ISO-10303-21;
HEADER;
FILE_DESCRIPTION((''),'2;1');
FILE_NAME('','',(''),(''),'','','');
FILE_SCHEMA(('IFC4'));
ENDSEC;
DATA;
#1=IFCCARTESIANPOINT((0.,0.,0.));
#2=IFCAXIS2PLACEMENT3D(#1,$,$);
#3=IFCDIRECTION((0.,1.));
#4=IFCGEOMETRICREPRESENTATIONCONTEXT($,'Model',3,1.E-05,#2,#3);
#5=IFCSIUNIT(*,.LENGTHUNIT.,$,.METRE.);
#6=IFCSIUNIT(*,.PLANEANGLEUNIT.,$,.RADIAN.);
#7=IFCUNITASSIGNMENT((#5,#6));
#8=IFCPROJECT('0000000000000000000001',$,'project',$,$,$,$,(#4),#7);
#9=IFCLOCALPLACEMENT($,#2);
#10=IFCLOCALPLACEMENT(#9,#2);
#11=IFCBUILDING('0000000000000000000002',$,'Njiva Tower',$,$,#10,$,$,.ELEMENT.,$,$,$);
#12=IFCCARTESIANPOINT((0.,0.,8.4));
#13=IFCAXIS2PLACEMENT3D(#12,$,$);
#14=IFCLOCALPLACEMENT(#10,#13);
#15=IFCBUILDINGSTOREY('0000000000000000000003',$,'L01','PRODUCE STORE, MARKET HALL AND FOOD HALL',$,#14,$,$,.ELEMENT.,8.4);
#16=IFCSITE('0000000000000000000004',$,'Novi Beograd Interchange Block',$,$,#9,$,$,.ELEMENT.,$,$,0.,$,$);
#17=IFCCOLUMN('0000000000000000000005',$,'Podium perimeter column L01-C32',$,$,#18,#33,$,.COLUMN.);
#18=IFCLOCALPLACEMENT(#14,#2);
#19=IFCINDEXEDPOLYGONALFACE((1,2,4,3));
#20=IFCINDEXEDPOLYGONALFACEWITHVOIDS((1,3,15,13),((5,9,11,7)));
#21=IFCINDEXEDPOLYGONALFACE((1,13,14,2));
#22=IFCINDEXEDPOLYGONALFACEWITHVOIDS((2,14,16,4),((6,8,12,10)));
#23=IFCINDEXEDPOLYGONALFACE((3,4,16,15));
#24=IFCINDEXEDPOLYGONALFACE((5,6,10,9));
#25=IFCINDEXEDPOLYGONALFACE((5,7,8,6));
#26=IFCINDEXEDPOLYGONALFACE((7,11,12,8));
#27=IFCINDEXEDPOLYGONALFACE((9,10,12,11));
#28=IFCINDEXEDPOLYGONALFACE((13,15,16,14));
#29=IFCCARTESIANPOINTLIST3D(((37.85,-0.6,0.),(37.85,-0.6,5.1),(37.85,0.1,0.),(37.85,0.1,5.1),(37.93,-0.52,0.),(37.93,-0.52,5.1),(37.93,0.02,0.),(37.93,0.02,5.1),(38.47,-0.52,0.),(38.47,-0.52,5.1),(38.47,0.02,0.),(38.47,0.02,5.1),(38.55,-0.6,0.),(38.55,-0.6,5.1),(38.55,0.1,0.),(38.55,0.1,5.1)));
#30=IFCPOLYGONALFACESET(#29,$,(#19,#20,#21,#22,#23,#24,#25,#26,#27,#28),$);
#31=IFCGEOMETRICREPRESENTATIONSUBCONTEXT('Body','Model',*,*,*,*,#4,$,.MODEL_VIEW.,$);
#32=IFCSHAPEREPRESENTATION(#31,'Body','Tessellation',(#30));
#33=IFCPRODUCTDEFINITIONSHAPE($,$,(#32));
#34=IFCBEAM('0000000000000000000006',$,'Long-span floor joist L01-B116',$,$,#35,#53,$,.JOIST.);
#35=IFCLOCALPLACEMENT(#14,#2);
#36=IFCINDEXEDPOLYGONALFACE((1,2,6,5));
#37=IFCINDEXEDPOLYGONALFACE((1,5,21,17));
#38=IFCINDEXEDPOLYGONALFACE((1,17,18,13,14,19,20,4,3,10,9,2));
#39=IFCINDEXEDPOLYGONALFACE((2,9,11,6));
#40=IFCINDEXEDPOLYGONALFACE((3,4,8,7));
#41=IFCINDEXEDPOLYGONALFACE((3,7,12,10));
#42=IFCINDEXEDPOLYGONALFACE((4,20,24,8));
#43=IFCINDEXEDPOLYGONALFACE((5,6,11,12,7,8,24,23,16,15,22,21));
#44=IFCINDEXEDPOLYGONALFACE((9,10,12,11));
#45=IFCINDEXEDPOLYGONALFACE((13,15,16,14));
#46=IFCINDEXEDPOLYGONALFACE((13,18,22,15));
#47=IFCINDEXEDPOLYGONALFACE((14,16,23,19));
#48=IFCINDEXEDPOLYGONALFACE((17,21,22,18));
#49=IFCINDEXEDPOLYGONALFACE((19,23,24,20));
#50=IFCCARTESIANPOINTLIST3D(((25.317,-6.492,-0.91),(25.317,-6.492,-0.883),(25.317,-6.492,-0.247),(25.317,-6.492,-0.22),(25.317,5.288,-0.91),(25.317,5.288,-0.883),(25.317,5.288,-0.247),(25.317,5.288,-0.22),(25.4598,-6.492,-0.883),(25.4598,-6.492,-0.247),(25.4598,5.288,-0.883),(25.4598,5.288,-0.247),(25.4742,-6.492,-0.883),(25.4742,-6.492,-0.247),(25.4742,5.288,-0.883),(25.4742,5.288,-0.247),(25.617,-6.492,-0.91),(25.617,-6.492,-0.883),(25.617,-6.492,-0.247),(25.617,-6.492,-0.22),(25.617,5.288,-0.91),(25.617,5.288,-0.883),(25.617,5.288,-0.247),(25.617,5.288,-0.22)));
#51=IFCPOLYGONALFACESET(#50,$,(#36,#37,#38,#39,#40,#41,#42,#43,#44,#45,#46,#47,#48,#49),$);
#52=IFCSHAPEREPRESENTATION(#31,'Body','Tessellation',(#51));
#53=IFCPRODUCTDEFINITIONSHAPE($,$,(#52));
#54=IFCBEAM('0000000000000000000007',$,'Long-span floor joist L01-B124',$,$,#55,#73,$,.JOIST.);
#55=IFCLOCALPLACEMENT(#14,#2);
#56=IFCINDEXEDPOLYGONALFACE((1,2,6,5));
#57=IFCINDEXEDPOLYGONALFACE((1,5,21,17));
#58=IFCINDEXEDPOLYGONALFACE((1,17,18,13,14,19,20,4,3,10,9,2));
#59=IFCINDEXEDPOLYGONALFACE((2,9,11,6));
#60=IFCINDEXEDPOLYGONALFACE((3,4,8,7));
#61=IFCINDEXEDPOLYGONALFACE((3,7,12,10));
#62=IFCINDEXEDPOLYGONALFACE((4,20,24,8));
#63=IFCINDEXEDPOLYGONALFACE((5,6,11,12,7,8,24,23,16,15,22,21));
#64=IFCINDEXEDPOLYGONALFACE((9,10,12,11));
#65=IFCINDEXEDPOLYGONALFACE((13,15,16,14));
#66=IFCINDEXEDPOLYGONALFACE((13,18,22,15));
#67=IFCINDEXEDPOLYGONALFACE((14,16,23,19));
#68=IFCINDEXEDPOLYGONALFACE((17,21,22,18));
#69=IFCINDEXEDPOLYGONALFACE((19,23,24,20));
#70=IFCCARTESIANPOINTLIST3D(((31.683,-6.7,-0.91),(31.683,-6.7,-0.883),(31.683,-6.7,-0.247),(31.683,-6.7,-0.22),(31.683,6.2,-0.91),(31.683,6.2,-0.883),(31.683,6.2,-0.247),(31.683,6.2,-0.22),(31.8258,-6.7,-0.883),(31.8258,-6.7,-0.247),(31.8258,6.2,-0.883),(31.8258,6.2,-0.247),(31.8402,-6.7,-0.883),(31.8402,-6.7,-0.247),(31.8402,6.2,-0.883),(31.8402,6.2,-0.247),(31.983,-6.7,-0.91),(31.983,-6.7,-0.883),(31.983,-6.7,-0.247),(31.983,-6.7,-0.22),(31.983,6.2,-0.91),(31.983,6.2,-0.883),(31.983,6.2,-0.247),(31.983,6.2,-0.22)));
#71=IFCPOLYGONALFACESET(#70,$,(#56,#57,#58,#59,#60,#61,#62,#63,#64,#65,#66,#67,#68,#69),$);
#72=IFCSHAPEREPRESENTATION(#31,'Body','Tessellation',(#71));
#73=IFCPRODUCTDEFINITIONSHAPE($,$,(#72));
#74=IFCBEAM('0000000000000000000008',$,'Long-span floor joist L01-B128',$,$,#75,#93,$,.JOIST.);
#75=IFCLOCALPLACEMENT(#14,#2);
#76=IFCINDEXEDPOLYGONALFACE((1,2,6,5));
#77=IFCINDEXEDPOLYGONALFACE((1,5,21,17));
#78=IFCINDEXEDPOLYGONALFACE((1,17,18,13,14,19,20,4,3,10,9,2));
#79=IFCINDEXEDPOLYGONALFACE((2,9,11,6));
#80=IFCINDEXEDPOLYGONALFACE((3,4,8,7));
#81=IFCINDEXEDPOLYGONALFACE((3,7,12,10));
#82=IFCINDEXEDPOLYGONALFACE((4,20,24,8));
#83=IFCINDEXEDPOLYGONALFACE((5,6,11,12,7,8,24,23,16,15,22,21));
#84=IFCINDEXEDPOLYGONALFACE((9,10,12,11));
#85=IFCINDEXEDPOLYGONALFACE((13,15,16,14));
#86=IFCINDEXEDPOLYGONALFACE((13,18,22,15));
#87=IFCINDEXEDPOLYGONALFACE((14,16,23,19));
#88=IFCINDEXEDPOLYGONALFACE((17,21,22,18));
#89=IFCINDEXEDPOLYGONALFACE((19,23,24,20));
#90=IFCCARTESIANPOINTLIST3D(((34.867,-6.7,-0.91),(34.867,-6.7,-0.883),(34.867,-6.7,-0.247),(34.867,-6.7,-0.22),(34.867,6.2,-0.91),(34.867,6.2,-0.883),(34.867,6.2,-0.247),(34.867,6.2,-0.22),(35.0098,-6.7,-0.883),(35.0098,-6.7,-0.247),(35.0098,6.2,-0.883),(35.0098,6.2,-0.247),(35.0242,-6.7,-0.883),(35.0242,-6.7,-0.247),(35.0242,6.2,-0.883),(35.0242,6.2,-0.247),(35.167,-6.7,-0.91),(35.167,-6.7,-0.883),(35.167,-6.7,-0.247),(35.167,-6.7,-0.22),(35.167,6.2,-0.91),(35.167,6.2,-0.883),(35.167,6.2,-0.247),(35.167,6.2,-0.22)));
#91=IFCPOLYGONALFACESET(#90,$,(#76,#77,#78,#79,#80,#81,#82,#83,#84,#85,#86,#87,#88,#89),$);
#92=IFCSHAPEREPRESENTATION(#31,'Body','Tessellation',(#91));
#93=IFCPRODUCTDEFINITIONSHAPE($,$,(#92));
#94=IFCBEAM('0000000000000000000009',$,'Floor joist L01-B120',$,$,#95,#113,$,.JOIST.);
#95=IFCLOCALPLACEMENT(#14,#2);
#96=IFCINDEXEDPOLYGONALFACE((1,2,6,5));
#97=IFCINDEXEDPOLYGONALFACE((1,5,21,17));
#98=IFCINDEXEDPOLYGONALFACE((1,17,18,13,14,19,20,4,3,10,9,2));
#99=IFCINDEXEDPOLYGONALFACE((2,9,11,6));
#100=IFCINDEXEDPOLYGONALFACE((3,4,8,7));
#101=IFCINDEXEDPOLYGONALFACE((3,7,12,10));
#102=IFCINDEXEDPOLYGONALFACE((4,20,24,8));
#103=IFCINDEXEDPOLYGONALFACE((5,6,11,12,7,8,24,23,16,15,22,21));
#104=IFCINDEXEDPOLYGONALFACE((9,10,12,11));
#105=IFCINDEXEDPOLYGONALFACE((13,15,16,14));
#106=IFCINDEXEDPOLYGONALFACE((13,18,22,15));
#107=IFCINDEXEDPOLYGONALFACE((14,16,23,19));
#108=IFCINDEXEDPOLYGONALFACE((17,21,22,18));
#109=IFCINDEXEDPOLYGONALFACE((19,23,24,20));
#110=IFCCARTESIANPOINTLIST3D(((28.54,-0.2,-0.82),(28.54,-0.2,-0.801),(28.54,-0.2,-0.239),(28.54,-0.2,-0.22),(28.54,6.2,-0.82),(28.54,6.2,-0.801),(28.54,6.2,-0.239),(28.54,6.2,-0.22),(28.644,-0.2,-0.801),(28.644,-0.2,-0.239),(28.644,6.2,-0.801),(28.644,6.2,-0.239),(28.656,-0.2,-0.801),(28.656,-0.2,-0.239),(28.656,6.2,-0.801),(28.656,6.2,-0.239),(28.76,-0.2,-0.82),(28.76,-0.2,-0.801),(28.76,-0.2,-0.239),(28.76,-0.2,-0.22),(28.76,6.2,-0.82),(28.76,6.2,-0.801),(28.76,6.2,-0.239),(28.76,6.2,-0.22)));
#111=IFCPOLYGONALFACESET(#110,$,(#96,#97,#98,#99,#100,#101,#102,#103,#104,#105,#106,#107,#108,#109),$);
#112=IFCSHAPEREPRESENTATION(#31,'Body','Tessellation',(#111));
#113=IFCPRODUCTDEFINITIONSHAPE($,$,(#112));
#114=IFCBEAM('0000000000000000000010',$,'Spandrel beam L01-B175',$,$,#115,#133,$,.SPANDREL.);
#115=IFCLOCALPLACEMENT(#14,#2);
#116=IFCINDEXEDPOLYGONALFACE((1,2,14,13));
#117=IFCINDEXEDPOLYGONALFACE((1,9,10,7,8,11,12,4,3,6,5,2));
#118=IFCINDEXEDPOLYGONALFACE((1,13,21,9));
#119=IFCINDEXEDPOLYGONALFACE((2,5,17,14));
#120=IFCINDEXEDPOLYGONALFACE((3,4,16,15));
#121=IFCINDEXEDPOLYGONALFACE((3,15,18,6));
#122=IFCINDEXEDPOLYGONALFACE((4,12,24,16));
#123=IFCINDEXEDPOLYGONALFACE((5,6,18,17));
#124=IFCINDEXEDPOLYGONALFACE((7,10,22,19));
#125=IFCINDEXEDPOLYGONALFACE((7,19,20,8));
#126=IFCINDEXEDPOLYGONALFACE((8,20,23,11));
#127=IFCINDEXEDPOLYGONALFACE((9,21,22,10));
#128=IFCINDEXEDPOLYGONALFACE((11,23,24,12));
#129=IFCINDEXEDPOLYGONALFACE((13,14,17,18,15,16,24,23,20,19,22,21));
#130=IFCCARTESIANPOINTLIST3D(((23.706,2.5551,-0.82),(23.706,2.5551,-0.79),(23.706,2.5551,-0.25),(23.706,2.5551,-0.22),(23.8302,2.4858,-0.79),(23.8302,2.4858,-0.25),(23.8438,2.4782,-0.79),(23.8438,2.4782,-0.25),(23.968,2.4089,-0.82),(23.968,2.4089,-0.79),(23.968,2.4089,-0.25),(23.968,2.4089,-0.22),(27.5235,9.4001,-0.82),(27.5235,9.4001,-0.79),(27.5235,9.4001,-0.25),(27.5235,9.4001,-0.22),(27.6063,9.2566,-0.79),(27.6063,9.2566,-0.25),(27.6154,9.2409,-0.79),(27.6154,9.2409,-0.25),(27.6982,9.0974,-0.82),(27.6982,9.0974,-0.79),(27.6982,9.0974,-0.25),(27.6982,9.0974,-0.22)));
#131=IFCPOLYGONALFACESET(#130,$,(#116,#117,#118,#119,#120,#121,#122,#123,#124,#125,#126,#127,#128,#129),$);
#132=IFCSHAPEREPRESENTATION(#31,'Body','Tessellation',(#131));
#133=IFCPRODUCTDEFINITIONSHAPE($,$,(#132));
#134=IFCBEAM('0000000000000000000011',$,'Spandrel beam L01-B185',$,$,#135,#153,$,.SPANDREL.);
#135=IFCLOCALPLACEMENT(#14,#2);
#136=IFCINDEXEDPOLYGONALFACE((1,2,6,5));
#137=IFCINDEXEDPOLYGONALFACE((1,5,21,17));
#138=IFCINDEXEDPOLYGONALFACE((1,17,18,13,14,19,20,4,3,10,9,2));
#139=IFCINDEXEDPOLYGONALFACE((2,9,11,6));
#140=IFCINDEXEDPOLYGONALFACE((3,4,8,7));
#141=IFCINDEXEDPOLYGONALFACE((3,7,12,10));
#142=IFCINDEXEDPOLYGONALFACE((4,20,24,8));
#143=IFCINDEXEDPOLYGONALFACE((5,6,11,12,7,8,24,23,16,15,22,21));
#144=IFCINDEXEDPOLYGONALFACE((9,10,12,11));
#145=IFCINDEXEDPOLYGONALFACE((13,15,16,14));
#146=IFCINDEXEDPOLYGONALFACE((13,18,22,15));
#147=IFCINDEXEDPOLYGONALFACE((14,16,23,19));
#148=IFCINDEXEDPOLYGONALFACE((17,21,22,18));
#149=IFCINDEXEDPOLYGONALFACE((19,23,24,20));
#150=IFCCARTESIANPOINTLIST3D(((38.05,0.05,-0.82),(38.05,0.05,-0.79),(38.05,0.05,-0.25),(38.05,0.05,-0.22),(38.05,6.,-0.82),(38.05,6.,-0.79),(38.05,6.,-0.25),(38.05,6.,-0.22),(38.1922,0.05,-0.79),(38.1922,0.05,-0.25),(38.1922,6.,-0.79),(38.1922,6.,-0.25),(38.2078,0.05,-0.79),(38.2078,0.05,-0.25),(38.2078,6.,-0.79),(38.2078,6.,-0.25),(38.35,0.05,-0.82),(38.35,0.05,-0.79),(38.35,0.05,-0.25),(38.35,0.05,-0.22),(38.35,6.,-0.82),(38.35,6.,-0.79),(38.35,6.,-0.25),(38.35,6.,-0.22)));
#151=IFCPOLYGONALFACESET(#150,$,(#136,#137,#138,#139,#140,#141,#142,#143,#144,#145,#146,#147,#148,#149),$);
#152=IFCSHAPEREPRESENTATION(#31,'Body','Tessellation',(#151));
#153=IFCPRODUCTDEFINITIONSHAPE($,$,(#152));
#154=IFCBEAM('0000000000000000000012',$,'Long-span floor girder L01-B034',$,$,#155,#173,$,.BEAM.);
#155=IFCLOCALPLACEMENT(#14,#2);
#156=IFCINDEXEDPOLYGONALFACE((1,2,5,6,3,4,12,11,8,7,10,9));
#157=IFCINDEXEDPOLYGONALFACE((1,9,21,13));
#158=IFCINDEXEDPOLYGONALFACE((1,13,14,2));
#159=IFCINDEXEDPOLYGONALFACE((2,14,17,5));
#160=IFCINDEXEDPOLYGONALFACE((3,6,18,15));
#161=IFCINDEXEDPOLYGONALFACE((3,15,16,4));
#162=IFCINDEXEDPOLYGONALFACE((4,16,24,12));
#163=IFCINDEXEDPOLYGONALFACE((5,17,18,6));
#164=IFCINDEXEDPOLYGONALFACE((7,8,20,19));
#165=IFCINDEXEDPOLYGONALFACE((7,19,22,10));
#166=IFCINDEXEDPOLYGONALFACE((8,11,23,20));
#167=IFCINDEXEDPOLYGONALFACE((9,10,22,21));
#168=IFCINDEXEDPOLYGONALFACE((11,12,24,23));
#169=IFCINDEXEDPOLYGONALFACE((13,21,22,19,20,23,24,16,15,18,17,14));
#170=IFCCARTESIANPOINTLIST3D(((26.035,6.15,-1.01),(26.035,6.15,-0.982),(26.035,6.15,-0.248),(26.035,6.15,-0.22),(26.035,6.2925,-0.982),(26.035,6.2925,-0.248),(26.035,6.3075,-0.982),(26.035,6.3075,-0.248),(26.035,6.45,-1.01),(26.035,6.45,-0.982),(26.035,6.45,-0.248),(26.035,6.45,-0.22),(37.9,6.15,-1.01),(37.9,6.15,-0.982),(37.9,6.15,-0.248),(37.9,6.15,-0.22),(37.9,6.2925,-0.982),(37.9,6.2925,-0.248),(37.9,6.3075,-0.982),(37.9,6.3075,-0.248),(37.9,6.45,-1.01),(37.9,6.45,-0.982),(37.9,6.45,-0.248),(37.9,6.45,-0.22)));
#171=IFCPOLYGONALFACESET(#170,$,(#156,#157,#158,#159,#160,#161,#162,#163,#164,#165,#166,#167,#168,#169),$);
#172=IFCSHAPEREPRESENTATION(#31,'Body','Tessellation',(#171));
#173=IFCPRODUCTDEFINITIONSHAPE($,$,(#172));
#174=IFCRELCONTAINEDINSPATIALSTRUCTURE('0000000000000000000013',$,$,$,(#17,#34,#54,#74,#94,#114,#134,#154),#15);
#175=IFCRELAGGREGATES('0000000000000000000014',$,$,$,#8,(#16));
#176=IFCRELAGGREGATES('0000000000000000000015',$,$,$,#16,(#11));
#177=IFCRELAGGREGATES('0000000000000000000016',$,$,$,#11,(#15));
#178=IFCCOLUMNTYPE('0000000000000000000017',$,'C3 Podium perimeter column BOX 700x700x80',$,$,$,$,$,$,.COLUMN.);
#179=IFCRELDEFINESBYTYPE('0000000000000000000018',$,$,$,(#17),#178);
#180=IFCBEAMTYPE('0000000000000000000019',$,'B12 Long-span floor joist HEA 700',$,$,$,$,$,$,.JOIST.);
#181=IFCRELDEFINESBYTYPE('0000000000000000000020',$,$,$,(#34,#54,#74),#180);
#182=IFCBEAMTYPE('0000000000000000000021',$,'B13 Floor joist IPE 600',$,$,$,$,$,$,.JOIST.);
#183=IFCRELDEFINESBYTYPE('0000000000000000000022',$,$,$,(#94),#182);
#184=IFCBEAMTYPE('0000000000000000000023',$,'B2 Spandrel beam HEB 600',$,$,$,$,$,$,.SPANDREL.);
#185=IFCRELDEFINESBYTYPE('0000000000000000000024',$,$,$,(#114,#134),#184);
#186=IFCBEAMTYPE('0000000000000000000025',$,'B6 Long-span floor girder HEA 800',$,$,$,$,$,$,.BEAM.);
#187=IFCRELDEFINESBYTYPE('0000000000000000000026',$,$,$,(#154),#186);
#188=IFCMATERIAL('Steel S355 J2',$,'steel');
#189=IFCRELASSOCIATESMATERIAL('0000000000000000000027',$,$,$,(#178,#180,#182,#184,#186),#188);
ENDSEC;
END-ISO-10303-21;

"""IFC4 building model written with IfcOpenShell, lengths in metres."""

from ifc_helpers import new_model, si_unit, direction, frame, origin, origin_2d, place, context, subcontext, project, spatial, hollow_rectangle, i_section, extrude, clip, halfspace, material, material_profile, profile_set, type_object, element, save


model = new_model("IFC4")

# Units and contexts
model_context = context("Model", 3, precision=1e-05, world=origin(), true_north=direction((0.0, 1.0)))
body_context = subcontext(model_context, "Body", "Model", "MODEL_VIEW")
ifc_project = project(units=[si_unit("LENGTHUNIT", "METRE"), si_unit("PLANEANGLEUNIT", "RADIAN")], contexts=[model_context])

# Site, building, storey
site_placement = place(None, origin())
site = spatial("IfcSite", under=ifc_project, at=site_placement, Name="Novi Beograd Interchange Block", CompositionType="ELEMENT", RefElevation=0.0)
building_placement = place(site_placement, origin())
building = spatial("IfcBuilding", under=site, at=building_placement, Name="Njiva Tower", CompositionType="ELEMENT")
storey_placement = place(building_placement, frame((0.0, 0.0, 8.4)))
storey = spatial("IfcBuildingStorey", under=building, at=storey_placement, Name="L01", Description="PRODUCE STORE, MARKET HALL AND FOOD HALL", CompositionType="ELEMENT", Elevation=8.4)

# Column
ifc_material_1 = material(Name="Steel S355 J2", Category="steel")
ifc_material_profile_1 = material_profile(ifc_material_1, hollow_rectangle(XDim=0.7, YDim=0.7, WallThickness=0.08, at=origin_2d()), Name="BOX 700x700x80")
ifc_profile_set_1 = profile_set([ifc_material_profile_1], Name="Steel S355 J2")
column_type = type_object("IfcColumnType", Name="C3 Podium perimeter column BOX 700x700x80", PredefinedType="COLUMN", material=ifc_profile_set_1)
column_placement = place(storey_placement, frame((38.2, -0.25, 0.0), z_axis=(0.0, 0.0, 1.0), x_axis=(0.0, 1.0, 0.0)))
element("IfcColumn", 1, at=column_placement, inside=storey, type_object=column_type, Name="Podium perimeter column L01-C32", PredefinedType="COLUMN", context=body_context, shape_type="SweptSolid", body=[
    extrude(hollow_rectangle(XDim=0.7, YDim=0.7, WallThickness=0.08, at=origin_2d()), origin(), (0.0, 0.0, 1.0), 5.1),
])

# Beams
ifc_material_profile_2 = material_profile(ifc_material_1, i_section(OverallWidth=0.3, OverallDepth=0.69, WebThickness=0.0145, FlangeThickness=0.027, at=origin_2d()), Name="HEA 700")
ifc_profile_set_2 = profile_set([ifc_material_profile_2], Name="Steel S355 J2")
beam_type_1 = type_object("IfcBeamType", Name="B12 Long-span floor joist HEA 700", PredefinedType="JOIST", material=ifc_profile_set_2)
beam_1_placement = place(storey_placement, frame((25.467, 5.288, -0.565), z_axis=(0.0, -1.0, 0.0), x_axis=(1.0, 0.0, 0.0)))
element("IfcBeam", 2, at=beam_1_placement, inside=storey, type_object=beam_type_1, Name="Long-span floor joist L01-B116", PredefinedType="JOIST", context=body_context, shape_type="SweptSolid", body=[
    extrude(i_section(OverallWidth=0.3, OverallDepth=0.69, WebThickness=0.0145, FlangeThickness=0.027, at=origin_2d()), origin(), (0.0, 0.0, 1.0), 11.78),
])
for number, where, z_axis, x_axis, name in (
    (3, (31.833, 6.2, -0.565), (0.0, -1.0, 0.0), (1.0, 0.0, 0.0), "Long-span floor joist L01-B124"),
    (4, (35.017, 6.2, -0.565), (0.0, -1.0, 0.0), (1.0, 0.0, 0.0), "Long-span floor joist L01-B128"),
):
    element("IfcBeam", number, at=place(storey_placement, frame(where, z_axis=z_axis, x_axis=x_axis)), inside=storey, type_object=beam_type_1, Name=name, PredefinedType="JOIST", context=body_context, shape_type="SweptSolid", body=[
        extrude(i_section(OverallWidth=0.3, OverallDepth=0.69, WebThickness=0.0145, FlangeThickness=0.027, at=origin_2d()), origin(), (0.0, 0.0, 1.0), 12.9),
    ])
ifc_material_profile_3 = material_profile(ifc_material_1, i_section(OverallWidth=0.22, OverallDepth=0.6, WebThickness=0.012, FlangeThickness=0.019, at=origin_2d()), Name="IPE 600")
ifc_profile_set_3 = profile_set([ifc_material_profile_3], Name="Steel S355 J2")
beam_type_2 = type_object("IfcBeamType", Name="B13 Floor joist IPE 600", PredefinedType="JOIST", material=ifc_profile_set_3)
beam_2_placement = place(storey_placement, frame((28.65, 6.2, -0.52), z_axis=(0.0, -1.0, 0.0), x_axis=(1.0, 0.0, 0.0)))
element("IfcBeam", 5, at=beam_2_placement, inside=storey, type_object=beam_type_2, Name="Floor joist L01-B120", PredefinedType="JOIST", context=body_context, shape_type="SweptSolid", body=[
    extrude(i_section(OverallWidth=0.22, OverallDepth=0.6, WebThickness=0.012, FlangeThickness=0.019, at=origin_2d()), origin(), (0.0, 0.0, 1.0), 6.4),
])
ifc_material_profile_4 = material_profile(ifc_material_1, i_section(OverallWidth=0.3, OverallDepth=0.6, WebThickness=0.0155, FlangeThickness=0.03, at=origin_2d()), Name="HEB 600")
ifc_profile_set_4 = profile_set([ifc_material_profile_4], Name="Steel S355 J2")
beam_type_3 = type_object("IfcBeamType", Name="B2 Spandrel beam HEB 600", PredefinedType="SPANDREL", material=ifc_profile_set_4)
beam_3_placement = place(storey_placement, frame((23.837, 2.482, -0.52), z_axis=(0.487078, 0.873359, 0.0), x_axis=(-0.873359, 0.487078, 0.0)))
element("IfcBeam", 6, at=beam_3_placement, inside=storey, type_object=beam_type_3, Name="Spandrel beam L01-B175", PredefinedType="SPANDREL", context=body_context, shape_type="Clipping", body=[
    clip(extrude(i_section(OverallWidth=0.3, OverallDepth=0.6, WebThickness=0.0155, FlangeThickness=0.03, at=origin_2d()), origin(), (0.0, 0.0, 1.0), 7.8582), halfspace(frame((-0.0257, 0.0, 7.7326), z_axis=(-0.512814, 0.0, 0.8585), x_axis=(0.0, 1.0, 0.0)), False)),
])
beam_4_placement = place(storey_placement, frame((38.2, 0.05, -0.52), z_axis=(0.0, 1.0, 0.0), x_axis=(-1.0, 0.0, 0.0)))
element("IfcBeam", 7, at=beam_4_placement, inside=storey, type_object=beam_type_3, Name="Spandrel beam L01-B185", PredefinedType="SPANDREL", context=body_context, shape_type="SweptSolid", body=[
    extrude(i_section(OverallWidth=0.3, OverallDepth=0.6, WebThickness=0.0155, FlangeThickness=0.03, at=origin_2d()), origin(), (0.0, 0.0, 1.0), 5.95),
])
ifc_material_profile_5 = material_profile(ifc_material_1, i_section(OverallWidth=0.3, OverallDepth=0.79, WebThickness=0.015, FlangeThickness=0.028, at=origin_2d()), Name="HEA 800")
ifc_profile_set_5 = profile_set([ifc_material_profile_5], Name="Steel S355 J2")
beam_type_4 = type_object("IfcBeamType", Name="B6 Long-span floor girder HEA 800", PredefinedType="BEAM", material=ifc_profile_set_5)
beam_5_placement = place(storey_placement, frame((26.035, 6.3, -0.615), z_axis=(1.0, 0.0, 0.0), x_axis=(0.0, 1.0, 0.0)))
element("IfcBeam", 8, at=beam_5_placement, inside=storey, type_object=beam_type_4, Name="Long-span floor girder L01-B034", PredefinedType="BEAM", context=body_context, shape_type="SweptSolid", body=[
    extrude(i_section(OverallWidth=0.3, OverallDepth=0.79, WebThickness=0.015, FlangeThickness=0.028, at=origin_2d()), origin(), (0.0, 0.0, 1.0), 11.865),
])

save(model, "model.ifc")
